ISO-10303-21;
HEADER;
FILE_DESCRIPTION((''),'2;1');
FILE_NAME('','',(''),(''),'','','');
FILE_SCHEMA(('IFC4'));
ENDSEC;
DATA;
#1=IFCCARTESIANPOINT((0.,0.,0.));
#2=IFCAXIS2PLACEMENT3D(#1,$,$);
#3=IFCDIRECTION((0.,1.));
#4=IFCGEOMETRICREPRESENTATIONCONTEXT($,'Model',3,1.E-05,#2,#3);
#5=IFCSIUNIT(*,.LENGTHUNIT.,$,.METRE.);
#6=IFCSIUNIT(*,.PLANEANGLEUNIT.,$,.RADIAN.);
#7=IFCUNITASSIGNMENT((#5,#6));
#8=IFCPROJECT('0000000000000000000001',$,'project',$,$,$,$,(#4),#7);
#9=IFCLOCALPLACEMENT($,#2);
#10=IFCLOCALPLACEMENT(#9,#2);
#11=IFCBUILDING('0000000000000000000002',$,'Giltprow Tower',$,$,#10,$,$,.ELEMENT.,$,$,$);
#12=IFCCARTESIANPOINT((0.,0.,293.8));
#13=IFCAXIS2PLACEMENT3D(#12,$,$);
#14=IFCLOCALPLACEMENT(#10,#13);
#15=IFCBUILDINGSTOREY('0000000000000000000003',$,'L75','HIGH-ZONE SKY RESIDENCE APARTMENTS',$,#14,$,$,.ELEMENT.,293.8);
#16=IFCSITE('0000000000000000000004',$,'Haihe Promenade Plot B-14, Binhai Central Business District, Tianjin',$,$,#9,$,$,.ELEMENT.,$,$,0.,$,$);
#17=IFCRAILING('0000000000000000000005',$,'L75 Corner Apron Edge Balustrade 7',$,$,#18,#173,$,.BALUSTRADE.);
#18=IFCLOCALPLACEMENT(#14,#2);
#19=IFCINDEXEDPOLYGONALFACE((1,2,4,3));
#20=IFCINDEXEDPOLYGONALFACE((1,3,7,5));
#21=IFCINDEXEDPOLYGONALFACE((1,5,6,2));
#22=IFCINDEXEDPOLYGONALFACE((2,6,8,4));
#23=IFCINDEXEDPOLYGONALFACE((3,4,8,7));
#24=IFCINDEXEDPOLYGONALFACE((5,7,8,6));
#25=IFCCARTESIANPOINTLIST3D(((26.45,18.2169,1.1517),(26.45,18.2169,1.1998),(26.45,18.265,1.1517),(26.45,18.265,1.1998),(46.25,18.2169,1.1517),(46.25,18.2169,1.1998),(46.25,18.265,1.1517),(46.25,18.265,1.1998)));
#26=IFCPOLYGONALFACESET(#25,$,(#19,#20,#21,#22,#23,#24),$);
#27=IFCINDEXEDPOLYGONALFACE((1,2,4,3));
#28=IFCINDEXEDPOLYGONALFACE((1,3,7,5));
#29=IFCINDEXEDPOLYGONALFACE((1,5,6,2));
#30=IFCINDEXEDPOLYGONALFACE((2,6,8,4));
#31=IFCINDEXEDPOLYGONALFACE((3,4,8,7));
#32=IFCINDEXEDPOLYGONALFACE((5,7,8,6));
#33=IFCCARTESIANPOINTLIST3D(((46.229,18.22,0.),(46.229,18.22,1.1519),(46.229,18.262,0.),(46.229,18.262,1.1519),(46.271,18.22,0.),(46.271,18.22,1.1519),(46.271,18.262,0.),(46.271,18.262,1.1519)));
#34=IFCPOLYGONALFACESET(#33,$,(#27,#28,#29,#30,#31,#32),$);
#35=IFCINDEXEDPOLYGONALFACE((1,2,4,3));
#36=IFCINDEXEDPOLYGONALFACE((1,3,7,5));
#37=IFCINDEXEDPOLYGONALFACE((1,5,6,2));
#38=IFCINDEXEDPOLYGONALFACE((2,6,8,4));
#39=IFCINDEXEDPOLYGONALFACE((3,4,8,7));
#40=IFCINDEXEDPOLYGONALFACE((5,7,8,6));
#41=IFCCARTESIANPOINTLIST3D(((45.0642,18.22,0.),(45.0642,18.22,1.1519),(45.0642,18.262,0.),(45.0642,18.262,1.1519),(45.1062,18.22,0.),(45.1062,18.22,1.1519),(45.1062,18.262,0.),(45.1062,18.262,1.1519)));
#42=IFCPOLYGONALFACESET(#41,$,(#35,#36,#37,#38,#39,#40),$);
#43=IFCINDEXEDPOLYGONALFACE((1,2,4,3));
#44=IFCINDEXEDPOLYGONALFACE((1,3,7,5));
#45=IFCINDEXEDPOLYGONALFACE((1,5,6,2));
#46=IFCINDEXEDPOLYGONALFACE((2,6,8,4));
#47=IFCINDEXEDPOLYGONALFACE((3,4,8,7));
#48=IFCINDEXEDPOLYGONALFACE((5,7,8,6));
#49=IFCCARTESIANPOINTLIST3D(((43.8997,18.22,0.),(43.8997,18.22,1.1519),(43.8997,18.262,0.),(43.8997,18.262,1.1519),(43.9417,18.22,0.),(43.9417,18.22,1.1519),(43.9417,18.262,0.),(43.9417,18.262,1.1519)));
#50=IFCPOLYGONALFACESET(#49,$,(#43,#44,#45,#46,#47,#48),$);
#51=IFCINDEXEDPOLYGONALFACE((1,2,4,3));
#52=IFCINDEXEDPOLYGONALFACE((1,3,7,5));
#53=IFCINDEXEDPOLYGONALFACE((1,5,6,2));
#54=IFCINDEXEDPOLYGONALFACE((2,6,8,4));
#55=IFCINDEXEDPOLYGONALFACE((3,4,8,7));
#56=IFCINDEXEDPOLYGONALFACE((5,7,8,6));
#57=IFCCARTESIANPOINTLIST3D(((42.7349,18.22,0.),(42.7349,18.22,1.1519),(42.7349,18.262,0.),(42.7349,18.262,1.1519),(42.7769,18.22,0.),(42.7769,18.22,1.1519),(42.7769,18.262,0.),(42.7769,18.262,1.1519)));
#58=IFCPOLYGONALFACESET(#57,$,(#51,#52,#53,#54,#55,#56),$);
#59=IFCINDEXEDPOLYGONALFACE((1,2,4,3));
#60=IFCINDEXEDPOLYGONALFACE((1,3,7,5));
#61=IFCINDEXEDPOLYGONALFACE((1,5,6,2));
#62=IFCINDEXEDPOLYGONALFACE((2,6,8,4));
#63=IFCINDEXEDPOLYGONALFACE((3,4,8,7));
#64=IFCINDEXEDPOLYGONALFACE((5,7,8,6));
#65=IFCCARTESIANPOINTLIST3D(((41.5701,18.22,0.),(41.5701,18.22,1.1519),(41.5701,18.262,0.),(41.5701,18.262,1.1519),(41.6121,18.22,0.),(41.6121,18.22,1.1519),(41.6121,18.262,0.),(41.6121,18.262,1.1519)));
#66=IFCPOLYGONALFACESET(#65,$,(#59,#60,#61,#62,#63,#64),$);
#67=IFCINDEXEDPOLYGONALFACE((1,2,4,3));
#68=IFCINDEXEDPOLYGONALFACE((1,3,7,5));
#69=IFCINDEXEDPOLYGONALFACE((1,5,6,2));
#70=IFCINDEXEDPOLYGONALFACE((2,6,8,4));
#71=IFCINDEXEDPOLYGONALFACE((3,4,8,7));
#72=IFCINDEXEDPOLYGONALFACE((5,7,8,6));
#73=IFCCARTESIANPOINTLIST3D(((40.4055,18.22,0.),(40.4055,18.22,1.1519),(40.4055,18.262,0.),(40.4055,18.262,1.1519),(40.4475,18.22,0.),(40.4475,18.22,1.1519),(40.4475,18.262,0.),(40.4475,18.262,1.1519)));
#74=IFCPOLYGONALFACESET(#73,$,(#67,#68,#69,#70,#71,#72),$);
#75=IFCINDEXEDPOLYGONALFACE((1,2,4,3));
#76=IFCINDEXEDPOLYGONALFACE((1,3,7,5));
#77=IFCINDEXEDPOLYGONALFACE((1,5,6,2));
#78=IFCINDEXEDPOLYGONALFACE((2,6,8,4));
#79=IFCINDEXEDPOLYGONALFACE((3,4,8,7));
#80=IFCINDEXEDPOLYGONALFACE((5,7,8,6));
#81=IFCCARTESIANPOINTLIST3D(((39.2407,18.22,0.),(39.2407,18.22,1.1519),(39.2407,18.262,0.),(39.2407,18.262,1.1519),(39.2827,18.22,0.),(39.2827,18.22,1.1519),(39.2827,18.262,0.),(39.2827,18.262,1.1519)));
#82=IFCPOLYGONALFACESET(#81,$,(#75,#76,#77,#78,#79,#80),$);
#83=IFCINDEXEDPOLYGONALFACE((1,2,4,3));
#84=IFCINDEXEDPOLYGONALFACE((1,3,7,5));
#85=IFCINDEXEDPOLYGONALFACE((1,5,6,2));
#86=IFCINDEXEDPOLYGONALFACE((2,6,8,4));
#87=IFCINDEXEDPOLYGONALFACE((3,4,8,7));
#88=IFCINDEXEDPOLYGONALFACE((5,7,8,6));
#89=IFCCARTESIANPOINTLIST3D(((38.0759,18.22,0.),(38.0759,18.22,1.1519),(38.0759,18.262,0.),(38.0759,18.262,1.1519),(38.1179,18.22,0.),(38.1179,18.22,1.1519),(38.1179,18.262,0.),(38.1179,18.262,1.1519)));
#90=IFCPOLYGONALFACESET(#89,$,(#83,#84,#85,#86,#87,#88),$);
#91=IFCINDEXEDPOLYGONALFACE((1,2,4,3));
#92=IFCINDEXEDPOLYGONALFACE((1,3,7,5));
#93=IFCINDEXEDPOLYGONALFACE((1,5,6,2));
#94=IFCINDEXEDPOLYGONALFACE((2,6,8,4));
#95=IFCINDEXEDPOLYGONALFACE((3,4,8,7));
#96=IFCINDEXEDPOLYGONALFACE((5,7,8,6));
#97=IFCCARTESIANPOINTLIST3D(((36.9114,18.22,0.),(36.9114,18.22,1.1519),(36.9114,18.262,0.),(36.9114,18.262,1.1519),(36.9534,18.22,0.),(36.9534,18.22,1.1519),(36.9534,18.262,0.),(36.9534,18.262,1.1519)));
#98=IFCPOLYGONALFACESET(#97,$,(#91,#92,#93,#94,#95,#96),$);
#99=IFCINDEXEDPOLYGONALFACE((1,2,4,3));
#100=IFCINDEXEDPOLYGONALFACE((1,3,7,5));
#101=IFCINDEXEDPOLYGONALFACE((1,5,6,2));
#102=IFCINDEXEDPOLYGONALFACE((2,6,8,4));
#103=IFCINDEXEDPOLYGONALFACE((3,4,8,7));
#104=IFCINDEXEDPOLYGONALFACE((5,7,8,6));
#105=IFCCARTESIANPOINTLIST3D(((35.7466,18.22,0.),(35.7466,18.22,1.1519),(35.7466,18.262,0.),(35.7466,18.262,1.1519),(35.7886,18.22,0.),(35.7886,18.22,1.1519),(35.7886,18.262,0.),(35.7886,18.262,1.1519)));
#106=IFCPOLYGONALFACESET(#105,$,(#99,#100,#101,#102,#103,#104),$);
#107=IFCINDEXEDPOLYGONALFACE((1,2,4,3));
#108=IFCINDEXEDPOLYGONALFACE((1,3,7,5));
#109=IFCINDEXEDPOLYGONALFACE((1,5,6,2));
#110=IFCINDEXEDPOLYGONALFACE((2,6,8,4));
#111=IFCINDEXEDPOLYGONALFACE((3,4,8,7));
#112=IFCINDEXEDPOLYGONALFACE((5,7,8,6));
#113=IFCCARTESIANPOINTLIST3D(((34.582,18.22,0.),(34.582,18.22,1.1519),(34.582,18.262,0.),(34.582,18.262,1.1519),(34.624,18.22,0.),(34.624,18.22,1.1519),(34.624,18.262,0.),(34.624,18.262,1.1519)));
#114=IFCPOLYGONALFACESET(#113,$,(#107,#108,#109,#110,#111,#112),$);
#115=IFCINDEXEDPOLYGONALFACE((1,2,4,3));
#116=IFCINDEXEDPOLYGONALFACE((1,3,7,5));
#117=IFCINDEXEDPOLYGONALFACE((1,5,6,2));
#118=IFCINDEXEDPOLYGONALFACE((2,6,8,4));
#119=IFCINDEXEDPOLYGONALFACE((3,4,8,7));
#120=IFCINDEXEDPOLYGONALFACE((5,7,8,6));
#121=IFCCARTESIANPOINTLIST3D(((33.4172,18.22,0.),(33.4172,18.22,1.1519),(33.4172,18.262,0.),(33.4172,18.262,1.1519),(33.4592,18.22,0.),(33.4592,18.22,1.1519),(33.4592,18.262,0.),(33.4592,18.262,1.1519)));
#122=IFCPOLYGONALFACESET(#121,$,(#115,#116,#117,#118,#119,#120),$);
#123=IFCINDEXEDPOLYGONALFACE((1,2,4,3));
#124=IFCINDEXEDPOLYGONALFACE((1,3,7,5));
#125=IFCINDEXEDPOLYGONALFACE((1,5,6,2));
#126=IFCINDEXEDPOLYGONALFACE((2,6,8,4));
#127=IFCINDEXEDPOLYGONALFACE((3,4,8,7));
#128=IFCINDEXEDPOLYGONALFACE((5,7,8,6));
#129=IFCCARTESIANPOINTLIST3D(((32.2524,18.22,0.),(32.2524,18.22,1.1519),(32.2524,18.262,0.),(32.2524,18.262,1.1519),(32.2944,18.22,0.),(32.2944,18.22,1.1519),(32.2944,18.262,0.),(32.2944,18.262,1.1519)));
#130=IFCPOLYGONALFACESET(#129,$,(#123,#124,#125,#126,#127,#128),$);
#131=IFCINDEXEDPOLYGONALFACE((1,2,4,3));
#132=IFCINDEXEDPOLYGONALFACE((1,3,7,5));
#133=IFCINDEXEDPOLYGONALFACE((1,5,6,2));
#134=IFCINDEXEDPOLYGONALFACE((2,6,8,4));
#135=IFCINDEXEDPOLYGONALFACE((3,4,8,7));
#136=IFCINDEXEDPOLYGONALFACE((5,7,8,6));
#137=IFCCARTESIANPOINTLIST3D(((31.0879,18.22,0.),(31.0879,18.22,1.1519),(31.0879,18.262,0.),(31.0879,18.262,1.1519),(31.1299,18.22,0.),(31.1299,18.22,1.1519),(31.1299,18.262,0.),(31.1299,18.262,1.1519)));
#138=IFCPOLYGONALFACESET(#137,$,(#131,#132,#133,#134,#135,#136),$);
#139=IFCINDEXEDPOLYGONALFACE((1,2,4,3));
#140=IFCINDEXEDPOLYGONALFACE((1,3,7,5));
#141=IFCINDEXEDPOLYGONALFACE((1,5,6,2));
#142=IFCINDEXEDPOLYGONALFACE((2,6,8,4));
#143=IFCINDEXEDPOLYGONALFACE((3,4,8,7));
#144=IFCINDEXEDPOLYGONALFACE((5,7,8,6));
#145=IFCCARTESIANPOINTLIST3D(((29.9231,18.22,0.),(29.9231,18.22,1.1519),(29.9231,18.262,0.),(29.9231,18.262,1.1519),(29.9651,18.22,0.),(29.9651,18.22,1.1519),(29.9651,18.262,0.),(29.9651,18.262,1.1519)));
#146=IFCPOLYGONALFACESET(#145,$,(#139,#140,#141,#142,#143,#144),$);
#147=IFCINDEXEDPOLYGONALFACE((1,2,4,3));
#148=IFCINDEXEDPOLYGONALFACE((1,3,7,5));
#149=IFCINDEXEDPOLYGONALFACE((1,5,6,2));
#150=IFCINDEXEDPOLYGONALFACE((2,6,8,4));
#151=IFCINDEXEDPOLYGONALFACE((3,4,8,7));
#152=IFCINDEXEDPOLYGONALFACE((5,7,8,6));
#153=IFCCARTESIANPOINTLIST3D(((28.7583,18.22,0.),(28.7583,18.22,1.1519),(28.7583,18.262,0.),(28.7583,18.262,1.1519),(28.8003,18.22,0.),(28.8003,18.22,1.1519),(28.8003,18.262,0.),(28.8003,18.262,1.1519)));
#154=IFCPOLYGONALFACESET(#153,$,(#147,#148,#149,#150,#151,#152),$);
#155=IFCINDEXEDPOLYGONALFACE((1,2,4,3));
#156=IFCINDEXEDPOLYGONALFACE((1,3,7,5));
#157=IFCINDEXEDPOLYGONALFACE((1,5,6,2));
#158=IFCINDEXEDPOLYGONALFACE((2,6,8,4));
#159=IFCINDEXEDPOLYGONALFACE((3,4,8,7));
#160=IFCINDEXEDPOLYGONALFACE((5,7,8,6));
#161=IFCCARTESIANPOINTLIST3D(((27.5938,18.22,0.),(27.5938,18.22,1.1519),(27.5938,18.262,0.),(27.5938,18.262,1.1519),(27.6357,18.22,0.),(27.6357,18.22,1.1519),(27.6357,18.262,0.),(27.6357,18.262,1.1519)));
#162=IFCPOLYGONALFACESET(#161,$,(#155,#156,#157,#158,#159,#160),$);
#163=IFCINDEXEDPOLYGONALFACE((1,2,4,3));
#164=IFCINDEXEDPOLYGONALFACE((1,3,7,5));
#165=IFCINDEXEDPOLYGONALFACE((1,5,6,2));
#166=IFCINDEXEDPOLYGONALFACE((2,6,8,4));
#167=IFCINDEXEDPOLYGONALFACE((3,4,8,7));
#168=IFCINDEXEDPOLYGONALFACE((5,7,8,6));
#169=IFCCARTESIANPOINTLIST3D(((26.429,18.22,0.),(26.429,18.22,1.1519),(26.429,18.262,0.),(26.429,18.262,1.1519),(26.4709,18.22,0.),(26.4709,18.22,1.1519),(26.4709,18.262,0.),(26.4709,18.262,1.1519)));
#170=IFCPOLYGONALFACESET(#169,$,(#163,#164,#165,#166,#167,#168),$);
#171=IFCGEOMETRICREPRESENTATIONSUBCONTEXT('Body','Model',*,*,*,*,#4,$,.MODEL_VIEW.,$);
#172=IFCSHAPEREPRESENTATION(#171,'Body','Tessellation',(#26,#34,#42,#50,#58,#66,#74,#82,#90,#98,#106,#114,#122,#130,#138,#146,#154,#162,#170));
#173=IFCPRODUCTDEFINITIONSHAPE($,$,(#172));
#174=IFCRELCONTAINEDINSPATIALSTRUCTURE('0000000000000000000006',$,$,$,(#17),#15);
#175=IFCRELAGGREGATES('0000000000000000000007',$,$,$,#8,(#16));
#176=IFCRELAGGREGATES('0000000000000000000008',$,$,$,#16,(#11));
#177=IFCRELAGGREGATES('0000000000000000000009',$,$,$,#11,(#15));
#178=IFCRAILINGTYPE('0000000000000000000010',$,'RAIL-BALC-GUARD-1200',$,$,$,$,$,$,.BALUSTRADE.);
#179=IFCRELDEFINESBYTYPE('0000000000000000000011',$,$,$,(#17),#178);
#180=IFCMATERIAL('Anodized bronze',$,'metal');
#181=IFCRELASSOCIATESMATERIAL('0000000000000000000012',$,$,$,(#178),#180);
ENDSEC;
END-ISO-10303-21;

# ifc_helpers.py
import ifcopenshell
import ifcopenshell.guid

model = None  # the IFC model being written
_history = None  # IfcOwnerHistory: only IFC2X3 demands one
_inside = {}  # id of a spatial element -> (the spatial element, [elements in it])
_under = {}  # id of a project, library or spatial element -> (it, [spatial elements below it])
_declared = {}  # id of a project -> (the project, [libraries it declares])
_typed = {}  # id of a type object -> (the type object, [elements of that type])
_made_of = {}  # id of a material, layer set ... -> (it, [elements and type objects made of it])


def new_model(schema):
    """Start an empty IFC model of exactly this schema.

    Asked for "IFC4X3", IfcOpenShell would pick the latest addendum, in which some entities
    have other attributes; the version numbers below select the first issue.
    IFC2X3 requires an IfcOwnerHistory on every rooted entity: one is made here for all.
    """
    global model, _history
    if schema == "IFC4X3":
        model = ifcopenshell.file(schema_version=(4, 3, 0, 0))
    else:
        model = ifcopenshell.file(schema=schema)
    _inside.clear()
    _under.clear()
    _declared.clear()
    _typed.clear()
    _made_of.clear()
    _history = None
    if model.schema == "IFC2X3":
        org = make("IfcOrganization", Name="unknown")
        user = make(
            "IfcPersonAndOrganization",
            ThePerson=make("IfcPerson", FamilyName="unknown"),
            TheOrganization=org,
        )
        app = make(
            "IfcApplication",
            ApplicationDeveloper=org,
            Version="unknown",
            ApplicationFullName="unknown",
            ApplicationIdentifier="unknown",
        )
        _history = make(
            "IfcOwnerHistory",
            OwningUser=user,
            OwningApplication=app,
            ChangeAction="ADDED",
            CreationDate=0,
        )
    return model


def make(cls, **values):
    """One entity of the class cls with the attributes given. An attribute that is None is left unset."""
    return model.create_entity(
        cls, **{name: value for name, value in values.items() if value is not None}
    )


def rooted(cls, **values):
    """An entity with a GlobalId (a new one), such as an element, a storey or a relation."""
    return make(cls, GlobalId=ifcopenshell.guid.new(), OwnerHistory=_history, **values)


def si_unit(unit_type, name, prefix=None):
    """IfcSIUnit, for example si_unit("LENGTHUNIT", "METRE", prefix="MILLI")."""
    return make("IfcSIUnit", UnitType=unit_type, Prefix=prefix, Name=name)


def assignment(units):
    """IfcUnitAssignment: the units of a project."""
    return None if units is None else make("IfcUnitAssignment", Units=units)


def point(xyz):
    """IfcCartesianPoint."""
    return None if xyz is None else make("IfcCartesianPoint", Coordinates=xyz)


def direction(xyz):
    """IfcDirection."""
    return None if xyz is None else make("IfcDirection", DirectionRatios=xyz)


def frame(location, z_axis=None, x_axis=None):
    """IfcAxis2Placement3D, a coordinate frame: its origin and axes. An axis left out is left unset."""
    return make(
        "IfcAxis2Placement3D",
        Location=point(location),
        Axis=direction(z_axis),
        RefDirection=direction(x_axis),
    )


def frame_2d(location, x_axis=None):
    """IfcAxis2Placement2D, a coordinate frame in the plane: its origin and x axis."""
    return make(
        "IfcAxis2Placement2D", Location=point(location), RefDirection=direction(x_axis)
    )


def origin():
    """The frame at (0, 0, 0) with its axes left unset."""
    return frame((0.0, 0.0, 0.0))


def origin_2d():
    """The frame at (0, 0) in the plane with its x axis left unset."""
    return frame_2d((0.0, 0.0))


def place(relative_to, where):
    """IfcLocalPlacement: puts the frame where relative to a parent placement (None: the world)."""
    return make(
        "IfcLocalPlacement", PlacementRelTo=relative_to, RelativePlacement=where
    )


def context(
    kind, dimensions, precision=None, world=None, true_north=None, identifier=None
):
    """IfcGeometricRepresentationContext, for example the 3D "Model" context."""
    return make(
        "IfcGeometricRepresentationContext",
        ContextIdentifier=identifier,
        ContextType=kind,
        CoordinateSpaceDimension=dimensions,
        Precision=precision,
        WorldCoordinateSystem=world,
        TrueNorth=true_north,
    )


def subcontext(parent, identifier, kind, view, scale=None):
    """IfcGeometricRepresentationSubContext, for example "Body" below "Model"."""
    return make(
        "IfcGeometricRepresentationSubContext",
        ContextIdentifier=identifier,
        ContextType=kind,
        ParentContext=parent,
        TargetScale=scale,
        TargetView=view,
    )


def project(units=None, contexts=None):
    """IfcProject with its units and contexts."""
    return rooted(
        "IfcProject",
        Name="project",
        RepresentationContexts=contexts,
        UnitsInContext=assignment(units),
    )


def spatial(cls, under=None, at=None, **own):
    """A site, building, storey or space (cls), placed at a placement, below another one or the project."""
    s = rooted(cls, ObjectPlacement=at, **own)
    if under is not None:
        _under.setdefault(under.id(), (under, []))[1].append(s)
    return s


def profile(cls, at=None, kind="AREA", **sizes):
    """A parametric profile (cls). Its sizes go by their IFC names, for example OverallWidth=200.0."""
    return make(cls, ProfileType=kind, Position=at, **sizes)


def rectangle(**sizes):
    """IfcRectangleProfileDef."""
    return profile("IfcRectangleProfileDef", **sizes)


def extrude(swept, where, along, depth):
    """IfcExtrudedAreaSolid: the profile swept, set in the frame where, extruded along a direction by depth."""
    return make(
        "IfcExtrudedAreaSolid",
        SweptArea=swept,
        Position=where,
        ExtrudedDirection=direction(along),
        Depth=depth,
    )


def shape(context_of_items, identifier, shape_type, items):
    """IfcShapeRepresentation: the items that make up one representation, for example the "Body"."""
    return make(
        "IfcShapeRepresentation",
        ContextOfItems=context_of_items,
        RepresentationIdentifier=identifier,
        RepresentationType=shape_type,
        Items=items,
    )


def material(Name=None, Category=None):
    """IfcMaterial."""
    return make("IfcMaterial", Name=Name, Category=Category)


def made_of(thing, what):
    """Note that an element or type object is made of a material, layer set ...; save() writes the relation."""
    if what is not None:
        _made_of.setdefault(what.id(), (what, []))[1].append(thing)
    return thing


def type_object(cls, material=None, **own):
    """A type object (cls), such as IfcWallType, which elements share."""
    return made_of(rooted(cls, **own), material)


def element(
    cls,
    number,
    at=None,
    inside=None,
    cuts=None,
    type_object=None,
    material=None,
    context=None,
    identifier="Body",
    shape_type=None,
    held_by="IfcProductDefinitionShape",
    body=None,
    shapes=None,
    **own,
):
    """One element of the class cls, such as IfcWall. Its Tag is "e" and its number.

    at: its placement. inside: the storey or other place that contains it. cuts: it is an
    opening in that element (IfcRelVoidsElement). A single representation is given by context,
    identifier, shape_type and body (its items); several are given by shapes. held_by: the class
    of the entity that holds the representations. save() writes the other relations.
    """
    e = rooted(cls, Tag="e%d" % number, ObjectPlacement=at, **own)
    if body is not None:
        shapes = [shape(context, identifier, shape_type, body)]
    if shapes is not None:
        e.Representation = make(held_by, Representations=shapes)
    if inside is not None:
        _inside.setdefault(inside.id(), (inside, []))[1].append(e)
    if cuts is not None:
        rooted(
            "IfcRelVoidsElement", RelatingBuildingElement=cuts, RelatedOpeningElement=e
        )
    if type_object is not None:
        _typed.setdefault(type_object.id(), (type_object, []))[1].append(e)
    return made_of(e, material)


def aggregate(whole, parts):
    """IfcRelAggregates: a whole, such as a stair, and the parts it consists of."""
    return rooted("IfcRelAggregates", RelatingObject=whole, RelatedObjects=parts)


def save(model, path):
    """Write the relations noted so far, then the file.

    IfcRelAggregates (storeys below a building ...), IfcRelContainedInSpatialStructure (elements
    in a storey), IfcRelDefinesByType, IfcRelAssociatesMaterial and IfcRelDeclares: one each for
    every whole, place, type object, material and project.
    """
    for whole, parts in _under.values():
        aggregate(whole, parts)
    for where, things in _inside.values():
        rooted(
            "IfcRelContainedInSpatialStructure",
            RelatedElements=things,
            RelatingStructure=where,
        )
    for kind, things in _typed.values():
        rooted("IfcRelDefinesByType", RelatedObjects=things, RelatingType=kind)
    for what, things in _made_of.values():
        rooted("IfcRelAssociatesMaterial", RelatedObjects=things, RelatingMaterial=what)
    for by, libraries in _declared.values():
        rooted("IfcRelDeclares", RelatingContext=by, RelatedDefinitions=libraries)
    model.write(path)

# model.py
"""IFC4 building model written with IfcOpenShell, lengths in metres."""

from ifc_helpers import new_model, si_unit, direction, frame, origin, origin_2d, place, context, subcontext, project, spatial, rectangle, extrude, material, type_object, element, save


model = new_model("IFC4")

# Units and contexts
model_context = context("Model", 3, precision=1e-05, world=origin(), true_north=direction((0.0, 1.0)))
body_context = subcontext(model_context, "Body", "Model", "MODEL_VIEW")
ifc_project = project(units=[si_unit("LENGTHUNIT", "METRE"), si_unit("PLANEANGLEUNIT", "RADIAN")], contexts=[model_context])

# Site, building, storey
site_placement = place(None, origin())
site = spatial("IfcSite", under=ifc_project, at=site_placement, Name="Haihe Promenade Plot B-14, Binhai Central Business District, Tianjin", CompositionType="ELEMENT", RefElevation=0.0)
building_placement = place(site_placement, origin())
building = spatial("IfcBuilding", under=site, at=building_placement, Name="Giltprow Tower", CompositionType="ELEMENT")
storey_placement = place(building_placement, frame((0.0, 0.0, 293.8)))
storey = spatial("IfcBuildingStorey", under=building, at=storey_placement, Name="L75", Description="HIGH-ZONE SKY RESIDENCE APARTMENTS", CompositionType="ELEMENT", Elevation=293.8)

# Railing
ifc_material_1 = material(Name="Anodized bronze", Category="metal")
railing_type = type_object("IfcRailingType", Name="RAIL-BALC-GUARD-1200", PredefinedType="BALUSTRADE", material=ifc_material_1)
railing_1_placement = place(storey_placement, frame((46.25, 18.241, 0.0)))
element("IfcRailing", 1, at=railing_1_placement, inside=storey, type_object=railing_type, Name="L75 Corner Apron Edge Balustrade 7", PredefinedType="BALUSTRADE", context=body_context, shape_type="SweptSolid", body=[
    extrude(rectangle(XDim=0.0481, YDim=0.0481, at=origin_2d()), frame((0.0, 0.0, 1.1758), z_axis=(-1.0, 0.0, 0.0), x_axis=(0.0, -1.0, 0.0)), (0.0, 0.0, 1.0), 19.8),
    extrude(rectangle(XDim=0.042, YDim=0.042, at=origin_2d()), origin(), (0.0, 0.0, 1.0), 1.1519),
    extrude(rectangle(XDim=0.042, YDim=0.042, at=origin_2d()), frame((-1.1648, 0.0, 0.0)), (0.0, 0.0, 1.0), 1.1519),
    extrude(rectangle(XDim=0.042, YDim=0.042, at=origin_2d()), frame((-2.3293, 0.0, 0.0)), (0.0, 0.0, 1.0), 1.1519),
    extrude(rectangle(XDim=0.042, YDim=0.042, at=origin_2d()), frame((-3.4941, 0.0, 0.0)), (0.0, 0.0, 1.0), 1.1519),
    extrude(rectangle(XDim=0.042, YDim=0.042, at=origin_2d()), frame((-4.6589, 0.0, 0.0)), (0.0, 0.0, 1.0), 1.1519),
    extrude(rectangle(XDim=0.042, YDim=0.042, at=origin_2d()), frame((-5.8235, 0.0, 0.0)), (0.0, 0.0, 1.0), 1.1519),
    extrude(rectangle(XDim=0.042, YDim=0.042, at=origin_2d()), frame((-6.9883, 0.0, 0.0)), (0.0, 0.0, 1.0), 1.1519),
    extrude(rectangle(XDim=0.042, YDim=0.042, at=origin_2d()), frame((-8.1531, 0.0, 0.0)), (0.0, 0.0, 1.0), 1.1519),
    extrude(rectangle(XDim=0.042, YDim=0.042, at=origin_2d()), frame((-9.3176, 0.0, 0.0)), (0.0, 0.0, 1.0), 1.1519),
    extrude(rectangle(XDim=0.042, YDim=0.042, at=origin_2d()), frame((-10.4824, 0.0, 0.0)), (0.0, 0.0, 1.0), 1.1519),
    extrude(rectangle(XDim=0.042, YDim=0.042, at=origin_2d()), frame((-11.647, 0.0, 0.0)), (0.0, 0.0, 1.0), 1.1519),
    extrude(rectangle(XDim=0.042, YDim=0.042, at=origin_2d()), frame((-12.8118, 0.0, 0.0)), (0.0, 0.0, 1.0), 1.1519),
    extrude(rectangle(XDim=0.042, YDim=0.042, at=origin_2d()), frame((-13.9766, 0.0, 0.0)), (0.0, 0.0, 1.0), 1.1519),
    extrude(rectangle(XDim=0.042, YDim=0.042, at=origin_2d()), frame((-15.1411, 0.0, 0.0)), (0.0, 0.0, 1.0), 1.1519),
    extrude(rectangle(XDim=0.042, YDim=0.042, at=origin_2d()), frame((-16.3059, 0.0, 0.0)), (0.0, 0.0, 1.0), 1.1519),
    extrude(rectangle(XDim=0.042, YDim=0.042, at=origin_2d()), frame((-17.4707, 0.0, 0.0)), (0.0, 0.0, 1.0), 1.1519),
    extrude(rectangle(XDim=0.042, YDim=0.042, at=origin_2d()), frame((-18.6353, 0.0, 0.0)), (0.0, 0.0, 1.0), 1.1519),
    extrude(rectangle(XDim=0.042, YDim=0.042, at=origin_2d()), frame((-19.8, 0.0, 0.0)), (0.0, 0.0, 1.0), 1.1519),
])

save(model, "model.ifc")
